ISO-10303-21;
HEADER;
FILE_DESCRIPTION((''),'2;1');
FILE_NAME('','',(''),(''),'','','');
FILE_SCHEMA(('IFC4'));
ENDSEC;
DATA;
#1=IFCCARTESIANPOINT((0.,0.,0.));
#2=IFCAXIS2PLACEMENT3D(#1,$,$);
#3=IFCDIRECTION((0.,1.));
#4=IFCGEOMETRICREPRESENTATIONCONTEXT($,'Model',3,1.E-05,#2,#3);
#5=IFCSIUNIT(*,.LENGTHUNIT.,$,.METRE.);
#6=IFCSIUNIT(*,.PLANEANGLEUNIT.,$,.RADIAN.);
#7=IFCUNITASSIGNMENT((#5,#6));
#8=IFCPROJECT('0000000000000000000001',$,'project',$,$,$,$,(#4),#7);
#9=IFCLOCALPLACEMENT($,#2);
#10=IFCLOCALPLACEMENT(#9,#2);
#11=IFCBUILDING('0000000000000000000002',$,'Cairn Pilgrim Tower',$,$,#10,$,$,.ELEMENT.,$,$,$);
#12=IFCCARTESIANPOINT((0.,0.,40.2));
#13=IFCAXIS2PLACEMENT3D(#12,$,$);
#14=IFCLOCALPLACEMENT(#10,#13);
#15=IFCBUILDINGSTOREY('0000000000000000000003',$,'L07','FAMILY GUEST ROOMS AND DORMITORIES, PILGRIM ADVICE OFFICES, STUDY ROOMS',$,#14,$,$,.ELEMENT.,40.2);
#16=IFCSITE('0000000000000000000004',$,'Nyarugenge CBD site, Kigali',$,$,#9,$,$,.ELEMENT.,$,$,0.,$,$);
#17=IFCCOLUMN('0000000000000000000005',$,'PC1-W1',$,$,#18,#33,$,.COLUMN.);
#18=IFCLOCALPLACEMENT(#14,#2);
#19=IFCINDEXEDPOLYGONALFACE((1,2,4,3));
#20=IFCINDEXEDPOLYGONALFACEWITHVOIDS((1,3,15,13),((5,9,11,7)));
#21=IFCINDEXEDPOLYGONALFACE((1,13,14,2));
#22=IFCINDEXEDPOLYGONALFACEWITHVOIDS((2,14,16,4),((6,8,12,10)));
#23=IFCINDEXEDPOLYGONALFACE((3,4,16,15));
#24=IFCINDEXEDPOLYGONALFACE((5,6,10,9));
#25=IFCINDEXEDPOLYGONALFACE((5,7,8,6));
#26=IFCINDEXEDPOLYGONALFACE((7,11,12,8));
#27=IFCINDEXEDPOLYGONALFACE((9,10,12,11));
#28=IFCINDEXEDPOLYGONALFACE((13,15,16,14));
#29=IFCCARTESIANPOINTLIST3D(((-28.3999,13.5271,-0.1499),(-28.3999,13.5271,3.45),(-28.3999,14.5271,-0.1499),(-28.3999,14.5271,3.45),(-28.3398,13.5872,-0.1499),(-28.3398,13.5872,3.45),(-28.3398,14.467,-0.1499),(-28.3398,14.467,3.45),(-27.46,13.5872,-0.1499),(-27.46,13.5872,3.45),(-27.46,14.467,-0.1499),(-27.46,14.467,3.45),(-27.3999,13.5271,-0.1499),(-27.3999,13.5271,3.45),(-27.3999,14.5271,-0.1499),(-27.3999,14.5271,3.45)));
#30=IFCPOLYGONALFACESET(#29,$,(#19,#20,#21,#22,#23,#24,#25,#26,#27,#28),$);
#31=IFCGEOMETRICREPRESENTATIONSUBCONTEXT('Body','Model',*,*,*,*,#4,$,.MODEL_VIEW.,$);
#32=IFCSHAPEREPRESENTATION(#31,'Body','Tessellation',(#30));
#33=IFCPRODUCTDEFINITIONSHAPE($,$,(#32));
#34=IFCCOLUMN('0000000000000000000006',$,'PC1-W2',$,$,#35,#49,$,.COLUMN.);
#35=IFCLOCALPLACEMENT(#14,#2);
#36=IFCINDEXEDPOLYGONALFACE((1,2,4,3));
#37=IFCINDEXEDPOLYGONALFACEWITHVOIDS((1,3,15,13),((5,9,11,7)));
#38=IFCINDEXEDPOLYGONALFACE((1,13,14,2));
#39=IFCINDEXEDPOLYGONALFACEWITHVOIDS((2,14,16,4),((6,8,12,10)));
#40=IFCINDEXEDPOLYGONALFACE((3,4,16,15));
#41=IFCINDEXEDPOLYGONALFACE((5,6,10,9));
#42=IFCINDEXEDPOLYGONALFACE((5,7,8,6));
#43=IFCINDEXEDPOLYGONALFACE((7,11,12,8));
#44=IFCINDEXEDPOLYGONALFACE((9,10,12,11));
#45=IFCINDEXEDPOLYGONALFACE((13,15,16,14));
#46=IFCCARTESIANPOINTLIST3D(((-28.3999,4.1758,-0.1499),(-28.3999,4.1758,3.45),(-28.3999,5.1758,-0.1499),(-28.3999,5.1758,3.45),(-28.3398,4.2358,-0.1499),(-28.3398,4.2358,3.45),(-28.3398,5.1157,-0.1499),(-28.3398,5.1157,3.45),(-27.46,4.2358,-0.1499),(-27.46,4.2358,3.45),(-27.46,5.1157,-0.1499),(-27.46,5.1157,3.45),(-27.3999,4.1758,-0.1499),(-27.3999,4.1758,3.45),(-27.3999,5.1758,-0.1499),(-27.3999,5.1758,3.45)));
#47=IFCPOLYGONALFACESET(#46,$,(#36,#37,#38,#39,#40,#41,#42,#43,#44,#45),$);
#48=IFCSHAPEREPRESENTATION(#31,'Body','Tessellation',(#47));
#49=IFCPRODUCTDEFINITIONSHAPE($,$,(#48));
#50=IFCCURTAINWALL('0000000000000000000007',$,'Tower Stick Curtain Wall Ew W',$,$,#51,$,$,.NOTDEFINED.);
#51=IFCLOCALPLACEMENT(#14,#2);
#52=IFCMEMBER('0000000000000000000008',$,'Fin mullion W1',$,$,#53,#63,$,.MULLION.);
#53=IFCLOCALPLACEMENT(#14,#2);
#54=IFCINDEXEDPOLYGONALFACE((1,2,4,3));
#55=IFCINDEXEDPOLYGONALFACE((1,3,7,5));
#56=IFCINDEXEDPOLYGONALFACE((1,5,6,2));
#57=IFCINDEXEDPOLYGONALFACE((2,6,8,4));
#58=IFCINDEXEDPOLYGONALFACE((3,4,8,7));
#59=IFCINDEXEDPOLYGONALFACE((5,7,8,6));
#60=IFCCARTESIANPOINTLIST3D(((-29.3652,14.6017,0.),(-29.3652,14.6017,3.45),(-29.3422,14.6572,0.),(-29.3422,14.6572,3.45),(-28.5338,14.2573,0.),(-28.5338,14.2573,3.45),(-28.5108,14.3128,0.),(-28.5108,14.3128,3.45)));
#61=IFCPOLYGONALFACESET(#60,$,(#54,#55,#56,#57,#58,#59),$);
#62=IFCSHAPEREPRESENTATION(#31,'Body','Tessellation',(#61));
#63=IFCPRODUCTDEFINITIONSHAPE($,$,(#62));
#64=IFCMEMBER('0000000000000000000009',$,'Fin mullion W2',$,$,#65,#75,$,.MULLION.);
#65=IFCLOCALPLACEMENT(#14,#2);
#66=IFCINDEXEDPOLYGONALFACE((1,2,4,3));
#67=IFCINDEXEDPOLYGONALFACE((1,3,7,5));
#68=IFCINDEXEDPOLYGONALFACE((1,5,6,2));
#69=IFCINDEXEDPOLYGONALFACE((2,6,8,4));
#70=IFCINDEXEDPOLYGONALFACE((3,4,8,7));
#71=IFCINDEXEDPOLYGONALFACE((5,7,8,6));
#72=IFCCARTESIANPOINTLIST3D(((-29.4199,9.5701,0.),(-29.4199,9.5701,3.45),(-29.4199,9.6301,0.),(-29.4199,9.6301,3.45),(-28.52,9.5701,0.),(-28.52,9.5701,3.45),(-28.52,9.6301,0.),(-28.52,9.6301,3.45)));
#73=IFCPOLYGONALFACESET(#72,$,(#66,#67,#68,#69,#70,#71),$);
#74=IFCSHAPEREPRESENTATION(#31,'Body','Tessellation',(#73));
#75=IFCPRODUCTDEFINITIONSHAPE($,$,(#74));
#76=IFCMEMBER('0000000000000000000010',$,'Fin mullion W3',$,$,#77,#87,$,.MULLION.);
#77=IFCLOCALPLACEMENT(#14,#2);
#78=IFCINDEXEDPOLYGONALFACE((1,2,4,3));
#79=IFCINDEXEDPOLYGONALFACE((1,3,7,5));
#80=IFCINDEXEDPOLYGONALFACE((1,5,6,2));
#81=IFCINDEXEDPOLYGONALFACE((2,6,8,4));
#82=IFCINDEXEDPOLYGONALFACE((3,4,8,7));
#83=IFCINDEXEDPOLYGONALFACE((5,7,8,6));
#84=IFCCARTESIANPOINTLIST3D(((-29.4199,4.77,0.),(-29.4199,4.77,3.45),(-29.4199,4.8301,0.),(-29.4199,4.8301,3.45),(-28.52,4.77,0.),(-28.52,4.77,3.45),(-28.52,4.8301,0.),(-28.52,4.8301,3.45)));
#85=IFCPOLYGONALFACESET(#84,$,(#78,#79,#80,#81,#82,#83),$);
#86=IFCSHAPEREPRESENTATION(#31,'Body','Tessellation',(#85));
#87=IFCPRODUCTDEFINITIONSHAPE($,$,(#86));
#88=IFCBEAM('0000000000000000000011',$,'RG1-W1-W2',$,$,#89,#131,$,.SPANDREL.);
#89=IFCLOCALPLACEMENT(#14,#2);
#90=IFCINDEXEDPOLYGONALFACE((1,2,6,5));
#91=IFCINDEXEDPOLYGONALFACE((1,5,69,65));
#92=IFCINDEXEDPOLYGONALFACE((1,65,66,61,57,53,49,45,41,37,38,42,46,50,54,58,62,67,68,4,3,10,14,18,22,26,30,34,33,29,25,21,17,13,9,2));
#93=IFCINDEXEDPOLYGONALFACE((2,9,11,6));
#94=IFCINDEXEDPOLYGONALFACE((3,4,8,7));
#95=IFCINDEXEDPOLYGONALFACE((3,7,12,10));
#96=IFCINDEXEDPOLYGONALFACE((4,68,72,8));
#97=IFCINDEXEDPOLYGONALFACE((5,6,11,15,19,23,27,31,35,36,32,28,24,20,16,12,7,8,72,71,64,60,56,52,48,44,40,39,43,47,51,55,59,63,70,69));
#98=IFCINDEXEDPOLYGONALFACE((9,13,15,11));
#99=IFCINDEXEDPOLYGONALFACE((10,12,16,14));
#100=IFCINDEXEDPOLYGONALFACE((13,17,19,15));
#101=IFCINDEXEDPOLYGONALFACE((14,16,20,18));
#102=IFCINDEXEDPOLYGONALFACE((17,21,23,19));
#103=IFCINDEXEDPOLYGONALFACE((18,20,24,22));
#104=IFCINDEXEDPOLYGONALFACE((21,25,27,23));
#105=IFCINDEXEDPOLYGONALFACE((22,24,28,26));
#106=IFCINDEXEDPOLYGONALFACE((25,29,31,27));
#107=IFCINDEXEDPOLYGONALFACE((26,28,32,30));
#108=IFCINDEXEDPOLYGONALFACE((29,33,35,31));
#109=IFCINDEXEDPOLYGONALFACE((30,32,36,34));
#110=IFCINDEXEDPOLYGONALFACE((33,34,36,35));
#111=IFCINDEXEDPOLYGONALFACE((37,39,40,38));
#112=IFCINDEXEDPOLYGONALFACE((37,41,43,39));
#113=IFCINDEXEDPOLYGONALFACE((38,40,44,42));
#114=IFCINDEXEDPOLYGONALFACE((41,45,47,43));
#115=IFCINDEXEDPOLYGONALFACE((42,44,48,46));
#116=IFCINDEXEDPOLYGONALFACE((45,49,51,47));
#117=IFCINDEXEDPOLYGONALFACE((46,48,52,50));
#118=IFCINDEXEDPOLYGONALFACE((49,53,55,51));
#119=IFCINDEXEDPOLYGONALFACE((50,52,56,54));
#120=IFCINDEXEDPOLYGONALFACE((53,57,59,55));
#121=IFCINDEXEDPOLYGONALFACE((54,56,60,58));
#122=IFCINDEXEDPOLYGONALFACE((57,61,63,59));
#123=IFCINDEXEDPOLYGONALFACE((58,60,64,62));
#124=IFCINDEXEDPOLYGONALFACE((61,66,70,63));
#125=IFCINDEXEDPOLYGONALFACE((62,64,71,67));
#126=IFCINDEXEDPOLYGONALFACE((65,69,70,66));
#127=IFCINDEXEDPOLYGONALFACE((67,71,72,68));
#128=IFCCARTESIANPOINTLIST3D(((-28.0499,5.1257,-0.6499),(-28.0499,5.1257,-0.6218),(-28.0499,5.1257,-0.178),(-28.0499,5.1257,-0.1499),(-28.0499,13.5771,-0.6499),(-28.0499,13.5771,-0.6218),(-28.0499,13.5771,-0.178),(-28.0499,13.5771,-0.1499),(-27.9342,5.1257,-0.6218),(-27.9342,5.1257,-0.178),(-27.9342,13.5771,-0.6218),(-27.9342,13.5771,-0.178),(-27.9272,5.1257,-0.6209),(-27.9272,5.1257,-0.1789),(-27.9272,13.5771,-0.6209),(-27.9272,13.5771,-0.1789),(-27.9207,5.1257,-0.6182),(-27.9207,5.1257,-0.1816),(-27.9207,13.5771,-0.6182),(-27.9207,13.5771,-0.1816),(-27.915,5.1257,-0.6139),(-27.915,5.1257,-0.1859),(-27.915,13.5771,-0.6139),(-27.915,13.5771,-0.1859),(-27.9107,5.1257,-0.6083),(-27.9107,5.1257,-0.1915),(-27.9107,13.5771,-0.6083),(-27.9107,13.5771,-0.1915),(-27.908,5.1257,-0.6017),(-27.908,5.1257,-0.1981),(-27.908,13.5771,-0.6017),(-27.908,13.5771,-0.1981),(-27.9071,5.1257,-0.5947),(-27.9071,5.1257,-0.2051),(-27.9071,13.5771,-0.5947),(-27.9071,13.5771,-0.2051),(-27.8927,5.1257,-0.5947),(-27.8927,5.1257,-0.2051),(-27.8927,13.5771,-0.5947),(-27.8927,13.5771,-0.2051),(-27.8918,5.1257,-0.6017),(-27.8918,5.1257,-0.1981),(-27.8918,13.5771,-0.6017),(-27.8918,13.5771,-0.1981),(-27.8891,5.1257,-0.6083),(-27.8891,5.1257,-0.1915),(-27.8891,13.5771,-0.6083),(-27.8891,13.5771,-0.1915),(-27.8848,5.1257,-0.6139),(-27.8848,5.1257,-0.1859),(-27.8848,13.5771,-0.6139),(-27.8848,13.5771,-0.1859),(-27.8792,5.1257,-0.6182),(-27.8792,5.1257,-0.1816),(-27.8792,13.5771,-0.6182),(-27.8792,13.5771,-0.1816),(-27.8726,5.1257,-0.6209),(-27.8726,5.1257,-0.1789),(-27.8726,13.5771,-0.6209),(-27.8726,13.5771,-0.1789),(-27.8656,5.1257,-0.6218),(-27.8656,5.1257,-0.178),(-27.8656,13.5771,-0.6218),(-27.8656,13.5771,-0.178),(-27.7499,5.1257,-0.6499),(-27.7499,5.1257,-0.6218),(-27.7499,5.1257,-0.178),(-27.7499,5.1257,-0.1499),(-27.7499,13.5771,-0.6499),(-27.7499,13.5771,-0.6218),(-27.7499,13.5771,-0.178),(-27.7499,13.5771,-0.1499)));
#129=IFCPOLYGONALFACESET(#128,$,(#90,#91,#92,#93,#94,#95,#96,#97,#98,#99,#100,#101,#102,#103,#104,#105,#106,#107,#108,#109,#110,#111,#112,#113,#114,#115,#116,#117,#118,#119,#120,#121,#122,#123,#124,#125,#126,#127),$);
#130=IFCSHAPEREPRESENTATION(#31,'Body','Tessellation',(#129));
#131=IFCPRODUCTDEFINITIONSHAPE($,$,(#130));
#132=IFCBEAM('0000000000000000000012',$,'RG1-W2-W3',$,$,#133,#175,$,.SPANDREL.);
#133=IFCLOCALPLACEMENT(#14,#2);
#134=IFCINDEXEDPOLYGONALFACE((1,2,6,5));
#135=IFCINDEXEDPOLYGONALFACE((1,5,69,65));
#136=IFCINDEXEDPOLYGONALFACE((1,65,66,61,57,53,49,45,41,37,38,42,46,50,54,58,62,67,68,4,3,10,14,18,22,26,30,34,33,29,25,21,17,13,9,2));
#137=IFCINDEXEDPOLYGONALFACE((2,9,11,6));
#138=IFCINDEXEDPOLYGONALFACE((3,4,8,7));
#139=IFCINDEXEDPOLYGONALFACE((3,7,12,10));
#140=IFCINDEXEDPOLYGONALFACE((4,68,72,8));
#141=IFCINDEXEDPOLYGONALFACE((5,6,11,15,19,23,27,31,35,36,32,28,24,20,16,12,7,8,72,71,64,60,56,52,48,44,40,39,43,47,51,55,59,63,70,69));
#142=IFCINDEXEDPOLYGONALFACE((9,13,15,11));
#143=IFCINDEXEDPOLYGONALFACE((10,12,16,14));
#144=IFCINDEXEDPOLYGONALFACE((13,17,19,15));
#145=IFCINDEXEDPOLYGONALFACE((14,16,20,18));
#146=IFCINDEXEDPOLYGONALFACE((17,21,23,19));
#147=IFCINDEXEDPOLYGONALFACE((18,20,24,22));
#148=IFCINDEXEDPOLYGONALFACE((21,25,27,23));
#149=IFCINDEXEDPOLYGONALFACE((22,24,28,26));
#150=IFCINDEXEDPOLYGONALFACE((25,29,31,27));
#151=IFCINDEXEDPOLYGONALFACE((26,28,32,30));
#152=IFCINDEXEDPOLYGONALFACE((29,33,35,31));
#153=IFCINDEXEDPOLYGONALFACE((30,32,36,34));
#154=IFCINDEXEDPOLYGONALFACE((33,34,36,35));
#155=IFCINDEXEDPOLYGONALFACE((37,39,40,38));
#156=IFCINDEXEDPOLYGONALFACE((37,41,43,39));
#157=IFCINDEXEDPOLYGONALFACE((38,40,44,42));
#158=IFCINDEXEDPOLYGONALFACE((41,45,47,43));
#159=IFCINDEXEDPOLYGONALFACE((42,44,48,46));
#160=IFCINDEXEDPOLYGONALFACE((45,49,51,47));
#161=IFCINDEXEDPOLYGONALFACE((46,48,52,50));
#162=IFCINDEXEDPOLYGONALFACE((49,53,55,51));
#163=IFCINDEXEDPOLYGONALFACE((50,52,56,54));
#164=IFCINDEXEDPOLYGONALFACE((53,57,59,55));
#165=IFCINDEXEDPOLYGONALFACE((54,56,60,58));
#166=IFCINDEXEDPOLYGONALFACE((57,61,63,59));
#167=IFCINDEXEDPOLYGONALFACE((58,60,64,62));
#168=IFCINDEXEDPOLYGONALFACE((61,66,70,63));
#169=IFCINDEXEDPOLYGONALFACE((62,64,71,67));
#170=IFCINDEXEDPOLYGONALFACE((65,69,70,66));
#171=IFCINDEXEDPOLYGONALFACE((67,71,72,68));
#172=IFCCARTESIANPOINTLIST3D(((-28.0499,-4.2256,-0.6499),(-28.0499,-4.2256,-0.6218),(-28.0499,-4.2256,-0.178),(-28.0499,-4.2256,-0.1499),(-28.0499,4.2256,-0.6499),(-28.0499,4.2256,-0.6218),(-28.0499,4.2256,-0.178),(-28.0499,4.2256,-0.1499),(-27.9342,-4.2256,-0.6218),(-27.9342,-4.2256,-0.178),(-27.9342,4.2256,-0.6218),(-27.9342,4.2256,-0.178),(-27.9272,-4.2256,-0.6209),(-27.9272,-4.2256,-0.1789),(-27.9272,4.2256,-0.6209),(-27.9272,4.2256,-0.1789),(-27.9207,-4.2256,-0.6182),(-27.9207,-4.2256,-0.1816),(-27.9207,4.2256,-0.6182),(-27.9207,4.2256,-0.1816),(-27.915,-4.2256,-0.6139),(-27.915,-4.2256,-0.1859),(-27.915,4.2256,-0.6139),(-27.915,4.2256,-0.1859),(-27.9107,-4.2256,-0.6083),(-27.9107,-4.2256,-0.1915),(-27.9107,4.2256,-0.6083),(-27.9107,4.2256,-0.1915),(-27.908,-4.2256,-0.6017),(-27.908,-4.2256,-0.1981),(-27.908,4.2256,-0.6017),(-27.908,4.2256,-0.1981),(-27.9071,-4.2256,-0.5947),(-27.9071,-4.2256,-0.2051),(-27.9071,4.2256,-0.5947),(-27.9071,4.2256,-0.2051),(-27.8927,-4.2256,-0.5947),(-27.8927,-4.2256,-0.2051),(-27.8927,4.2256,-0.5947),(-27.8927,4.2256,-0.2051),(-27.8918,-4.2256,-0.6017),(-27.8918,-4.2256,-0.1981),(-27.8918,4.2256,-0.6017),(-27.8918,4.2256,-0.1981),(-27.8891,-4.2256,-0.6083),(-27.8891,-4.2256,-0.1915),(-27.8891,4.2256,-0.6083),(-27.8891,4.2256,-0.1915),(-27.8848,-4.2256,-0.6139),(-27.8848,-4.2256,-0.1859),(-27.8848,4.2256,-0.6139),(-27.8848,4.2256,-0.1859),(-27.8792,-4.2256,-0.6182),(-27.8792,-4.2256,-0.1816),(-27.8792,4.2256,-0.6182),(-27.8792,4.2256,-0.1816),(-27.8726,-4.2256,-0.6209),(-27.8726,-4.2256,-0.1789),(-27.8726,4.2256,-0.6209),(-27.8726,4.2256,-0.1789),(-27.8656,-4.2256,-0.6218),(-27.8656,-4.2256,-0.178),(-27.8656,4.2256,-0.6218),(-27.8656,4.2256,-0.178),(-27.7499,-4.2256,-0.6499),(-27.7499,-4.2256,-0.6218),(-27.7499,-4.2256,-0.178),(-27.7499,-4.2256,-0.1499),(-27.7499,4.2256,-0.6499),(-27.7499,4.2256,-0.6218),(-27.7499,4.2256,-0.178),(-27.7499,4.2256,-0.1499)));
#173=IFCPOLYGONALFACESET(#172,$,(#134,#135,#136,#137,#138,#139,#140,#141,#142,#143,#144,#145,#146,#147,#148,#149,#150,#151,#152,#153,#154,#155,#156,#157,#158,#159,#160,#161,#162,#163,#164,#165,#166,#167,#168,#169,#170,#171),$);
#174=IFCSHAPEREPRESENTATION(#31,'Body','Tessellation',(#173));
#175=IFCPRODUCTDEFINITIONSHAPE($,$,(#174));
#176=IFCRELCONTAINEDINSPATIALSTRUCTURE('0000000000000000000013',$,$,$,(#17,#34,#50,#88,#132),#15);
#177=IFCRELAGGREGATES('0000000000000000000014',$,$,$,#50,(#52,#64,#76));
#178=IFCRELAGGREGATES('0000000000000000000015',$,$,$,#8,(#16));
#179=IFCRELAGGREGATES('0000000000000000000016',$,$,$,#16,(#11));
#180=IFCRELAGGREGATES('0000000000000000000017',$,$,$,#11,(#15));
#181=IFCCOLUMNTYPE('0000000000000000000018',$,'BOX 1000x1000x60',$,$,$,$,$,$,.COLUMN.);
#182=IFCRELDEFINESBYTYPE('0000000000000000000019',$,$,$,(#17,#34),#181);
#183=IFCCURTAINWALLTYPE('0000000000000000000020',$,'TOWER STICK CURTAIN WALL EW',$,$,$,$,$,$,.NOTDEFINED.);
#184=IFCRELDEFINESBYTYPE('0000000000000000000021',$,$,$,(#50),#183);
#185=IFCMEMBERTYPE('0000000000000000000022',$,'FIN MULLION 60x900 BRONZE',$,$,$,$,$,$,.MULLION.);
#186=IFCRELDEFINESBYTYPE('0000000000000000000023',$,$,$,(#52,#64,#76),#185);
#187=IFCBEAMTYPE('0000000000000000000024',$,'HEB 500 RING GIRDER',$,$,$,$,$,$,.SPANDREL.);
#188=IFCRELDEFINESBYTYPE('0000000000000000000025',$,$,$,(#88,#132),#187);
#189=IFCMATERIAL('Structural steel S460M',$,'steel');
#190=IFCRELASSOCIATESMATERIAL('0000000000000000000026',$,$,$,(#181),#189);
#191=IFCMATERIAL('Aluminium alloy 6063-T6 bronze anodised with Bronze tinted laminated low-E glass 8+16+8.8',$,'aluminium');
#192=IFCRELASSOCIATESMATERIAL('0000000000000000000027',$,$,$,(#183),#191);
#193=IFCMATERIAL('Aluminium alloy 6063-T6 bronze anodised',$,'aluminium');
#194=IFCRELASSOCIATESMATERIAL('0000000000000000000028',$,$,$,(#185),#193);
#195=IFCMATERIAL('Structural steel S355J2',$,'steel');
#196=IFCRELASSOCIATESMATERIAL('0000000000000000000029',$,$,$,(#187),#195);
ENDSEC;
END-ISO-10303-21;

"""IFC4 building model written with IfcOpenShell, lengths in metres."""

from ifc_helpers import new_model, si_unit, direction, frame, origin, origin_2d, place, context, subcontext, project, spatial, rectangle, hollow_rectangle, i_section, extrude, material, material_profile, profile_set, type_object, element, aggregate, save


model = new_model("IFC4")

# Units and contexts
model_context = context("Model", 3, precision=1e-05, world=origin(), true_north=direction((0.0, 1.0)))
body_context = subcontext(model_context, "Body", "Model", "MODEL_VIEW")
ifc_project = project(units=[si_unit("LENGTHUNIT", "METRE"), si_unit("PLANEANGLEUNIT", "RADIAN")], contexts=[model_context])

# Site, building, storey
site_placement = place(None, origin())
site = spatial("IfcSite", under=ifc_project, at=site_placement, Name="Nyarugenge CBD site, Kigali", CompositionType="ELEMENT", RefElevation=0.0)
building_placement = place(site_placement, origin())
building = spatial("IfcBuilding", under=site, at=building_placement, Name="Cairn Pilgrim Tower", CompositionType="ELEMENT")
storey_placement = place(building_placement, frame((0.0, 0.0, 40.2)))
storey = spatial("IfcBuildingStorey", under=building, at=storey_placement, Name="L07", Description="FAMILY GUEST ROOMS AND DORMITORIES, PILGRIM ADVICE OFFICES, STUDY ROOMS", CompositionType="ELEMENT", Elevation=40.2)

# Columns
ifc_material_1 = material(Name="Structural steel S460M", Category="steel")
ifc_material_profile_1 = material_profile(ifc_material_1, hollow_rectangle(XDim=1.0, YDim=1.0, WallThickness=0.0601, at=origin_2d()), Name="BOX 1000x1000x60")
ifc_profile_set_1 = profile_set([ifc_material_profile_1], Name="Structural steel S460M")
column_type = type_object("IfcColumnType", Name="BOX 1000x1000x60", PredefinedType="COLUMN", material=ifc_profile_set_1)
for number, where, z_axis, x_axis, name in (
    (1, (-27.8999, 14.0271, -0.1499), (0.0, 0.0, 1.0), (1.0, 0.0, 0.0), "PC1-W1"),
    (2, (-27.8999, 4.6758, -0.1499), (0.0, 0.0, 1.0), (1.0, 0.0, 0.0), "PC1-W2"),
):
    element("IfcColumn", number, at=place(storey_placement, frame(where, z_axis=z_axis, x_axis=x_axis)), inside=storey, type_object=column_type, Name=name, PredefinedType="COLUMN", context=body_context, shape_type="SweptSolid", body=[
        extrude(hollow_rectangle(XDim=1.0, YDim=1.0, WallThickness=0.0601, at=origin_2d()), origin(), (0.0, 0.0, 1.0), 3.5999),
    ])

# Curtain wall, members
ifc_material_2 = material(Name="Aluminium alloy 6063-T6 bronze anodised with Bronze tinted laminated low-E glass 8+16+8.8", Category="aluminium")
curtain_wall_type = type_object("IfcCurtainWallType", Name="TOWER STICK CURTAIN WALL EW", PredefinedType="NOTDEFINED", material=ifc_material_2)
curtain_wall_placement = place(storey_placement, origin())
curtain_wall = element("IfcCurtainWall", 3, at=curtain_wall_placement, inside=storey, type_object=curtain_wall_type, Name="Tower Stick Curtain Wall Ew W", PredefinedType="NOTDEFINED")
ifc_material_3 = material(Name="Aluminium alloy 6063-T6 bronze anodised", Category="aluminium")
ifc_material_profile_2 = material_profile(ifc_material_3, rectangle(XDim=0.8999, YDim=0.0601, at=origin_2d()), Name="FIN MULLION 60x900 BRONZE")
ifc_profile_set_2 = profile_set([ifc_material_profile_2], Name="Aluminium alloy 6063-T6 bronze anodised")
member_type_1 = type_object("IfcMemberType", Name="FIN MULLION 60x900 BRONZE", PredefinedType="MULLION", material=ifc_profile_set_2)
member_1_placement = place(storey_placement, frame((-28.938, 14.4573, 0.0), z_axis=(0.0, 0.0, 1.0), x_axis=(-0.92388, 0.382683, 0.0)))
member_1 = element("IfcMember", 4, at=member_1_placement, type_object=member_type_1, Name="Fin mullion W1", PredefinedType="MULLION", context=body_context, shape_type="SweptSolid", body=[
    extrude(rectangle(XDim=0.8999, YDim=0.0601, at=origin_2d()), origin(), (0.0, 0.0, 1.0), 3.45),
])
member_2_placement = place(storey_placement, frame((-28.97, 9.6001, 0.0), z_axis=(0.0, 0.0, 1.0), x_axis=(-1.0, 0.0, 0.0)))
member_2 = element("IfcMember", 5, at=member_2_placement, type_object=member_type_1, Name="Fin mullion W2", PredefinedType="MULLION", context=body_context, shape_type="SweptSolid", body=[
    extrude(rectangle(XDim=0.8999, YDim=0.0601, at=origin_2d()), origin(), (0.0, 0.0, 1.0), 3.45),
])
member_3_placement = place(storey_placement, frame((-28.97, 4.8, 0.0), z_axis=(0.0, 0.0, 1.0), x_axis=(-1.0, 0.0, 0.0)))
member_3 = element("IfcMember", 6, at=member_3_placement, type_object=member_type_1, Name="Fin mullion W3", PredefinedType="MULLION", context=body_context, shape_type="SweptSolid", body=[
    extrude(rectangle(XDim=0.8999, YDim=0.0601, at=origin_2d()), origin(), (0.0, 0.0, 1.0), 3.45),
])

# Beams
ifc_material_4 = material(Name="Structural steel S355J2", Category="steel")
ifc_material_profile_3 = material_profile(ifc_material_4, i_section(OverallWidth=0.3, OverallDepth=0.5, WebThickness=0.0144, FlangeThickness=0.0281, FilletRadius=0.0271, at=origin_2d()), Name="HEB 500")
ifc_profile_set_3 = profile_set([ifc_material_profile_3], Name="Structural steel S355J2")
beam_type_1 = type_object("IfcBeamType", Name="HEB 500 RING GIRDER", PredefinedType="SPANDREL", material=ifc_profile_set_3)
beam_1_placement = place(storey_placement, frame((-27.8999, 13.5771, -0.3999), z_axis=(0.0, -1.0, 0.0), x_axis=(1.0, 0.0, 0.0)))
element("IfcBeam", 7, at=beam_1_placement, inside=storey, type_object=beam_type_1, Name="RG1-W1-W2", PredefinedType="SPANDREL", context=body_context, shape_type="SweptSolid", body=[
    extrude(i_section(OverallWidth=0.3, OverallDepth=0.5, WebThickness=0.0144, FlangeThickness=0.0281, FilletRadius=0.0271, at=origin_2d()), origin(), (0.0, 0.0, 1.0), 8.4514),
])
beam_2_placement = place(storey_placement, frame((-27.8999, 4.2256, -0.3999), z_axis=(0.0, -1.0, 0.0), x_axis=(1.0, 0.0, 0.0)))
element("IfcBeam", 8, at=beam_2_placement, inside=storey, type_object=beam_type_1, Name="RG1-W2-W3", PredefinedType="SPANDREL", context=body_context, shape_type="SweptSolid", body=[
    extrude(i_section(OverallWidth=0.3, OverallDepth=0.5, WebThickness=0.0144, FlangeThickness=0.0281, FilletRadius=0.0271, at=origin_2d()), origin(), (0.0, 0.0, 1.0), 8.4512),
])

aggregate(curtain_wall, [member_1, member_2, member_3])

save(model, "model.ifc")
